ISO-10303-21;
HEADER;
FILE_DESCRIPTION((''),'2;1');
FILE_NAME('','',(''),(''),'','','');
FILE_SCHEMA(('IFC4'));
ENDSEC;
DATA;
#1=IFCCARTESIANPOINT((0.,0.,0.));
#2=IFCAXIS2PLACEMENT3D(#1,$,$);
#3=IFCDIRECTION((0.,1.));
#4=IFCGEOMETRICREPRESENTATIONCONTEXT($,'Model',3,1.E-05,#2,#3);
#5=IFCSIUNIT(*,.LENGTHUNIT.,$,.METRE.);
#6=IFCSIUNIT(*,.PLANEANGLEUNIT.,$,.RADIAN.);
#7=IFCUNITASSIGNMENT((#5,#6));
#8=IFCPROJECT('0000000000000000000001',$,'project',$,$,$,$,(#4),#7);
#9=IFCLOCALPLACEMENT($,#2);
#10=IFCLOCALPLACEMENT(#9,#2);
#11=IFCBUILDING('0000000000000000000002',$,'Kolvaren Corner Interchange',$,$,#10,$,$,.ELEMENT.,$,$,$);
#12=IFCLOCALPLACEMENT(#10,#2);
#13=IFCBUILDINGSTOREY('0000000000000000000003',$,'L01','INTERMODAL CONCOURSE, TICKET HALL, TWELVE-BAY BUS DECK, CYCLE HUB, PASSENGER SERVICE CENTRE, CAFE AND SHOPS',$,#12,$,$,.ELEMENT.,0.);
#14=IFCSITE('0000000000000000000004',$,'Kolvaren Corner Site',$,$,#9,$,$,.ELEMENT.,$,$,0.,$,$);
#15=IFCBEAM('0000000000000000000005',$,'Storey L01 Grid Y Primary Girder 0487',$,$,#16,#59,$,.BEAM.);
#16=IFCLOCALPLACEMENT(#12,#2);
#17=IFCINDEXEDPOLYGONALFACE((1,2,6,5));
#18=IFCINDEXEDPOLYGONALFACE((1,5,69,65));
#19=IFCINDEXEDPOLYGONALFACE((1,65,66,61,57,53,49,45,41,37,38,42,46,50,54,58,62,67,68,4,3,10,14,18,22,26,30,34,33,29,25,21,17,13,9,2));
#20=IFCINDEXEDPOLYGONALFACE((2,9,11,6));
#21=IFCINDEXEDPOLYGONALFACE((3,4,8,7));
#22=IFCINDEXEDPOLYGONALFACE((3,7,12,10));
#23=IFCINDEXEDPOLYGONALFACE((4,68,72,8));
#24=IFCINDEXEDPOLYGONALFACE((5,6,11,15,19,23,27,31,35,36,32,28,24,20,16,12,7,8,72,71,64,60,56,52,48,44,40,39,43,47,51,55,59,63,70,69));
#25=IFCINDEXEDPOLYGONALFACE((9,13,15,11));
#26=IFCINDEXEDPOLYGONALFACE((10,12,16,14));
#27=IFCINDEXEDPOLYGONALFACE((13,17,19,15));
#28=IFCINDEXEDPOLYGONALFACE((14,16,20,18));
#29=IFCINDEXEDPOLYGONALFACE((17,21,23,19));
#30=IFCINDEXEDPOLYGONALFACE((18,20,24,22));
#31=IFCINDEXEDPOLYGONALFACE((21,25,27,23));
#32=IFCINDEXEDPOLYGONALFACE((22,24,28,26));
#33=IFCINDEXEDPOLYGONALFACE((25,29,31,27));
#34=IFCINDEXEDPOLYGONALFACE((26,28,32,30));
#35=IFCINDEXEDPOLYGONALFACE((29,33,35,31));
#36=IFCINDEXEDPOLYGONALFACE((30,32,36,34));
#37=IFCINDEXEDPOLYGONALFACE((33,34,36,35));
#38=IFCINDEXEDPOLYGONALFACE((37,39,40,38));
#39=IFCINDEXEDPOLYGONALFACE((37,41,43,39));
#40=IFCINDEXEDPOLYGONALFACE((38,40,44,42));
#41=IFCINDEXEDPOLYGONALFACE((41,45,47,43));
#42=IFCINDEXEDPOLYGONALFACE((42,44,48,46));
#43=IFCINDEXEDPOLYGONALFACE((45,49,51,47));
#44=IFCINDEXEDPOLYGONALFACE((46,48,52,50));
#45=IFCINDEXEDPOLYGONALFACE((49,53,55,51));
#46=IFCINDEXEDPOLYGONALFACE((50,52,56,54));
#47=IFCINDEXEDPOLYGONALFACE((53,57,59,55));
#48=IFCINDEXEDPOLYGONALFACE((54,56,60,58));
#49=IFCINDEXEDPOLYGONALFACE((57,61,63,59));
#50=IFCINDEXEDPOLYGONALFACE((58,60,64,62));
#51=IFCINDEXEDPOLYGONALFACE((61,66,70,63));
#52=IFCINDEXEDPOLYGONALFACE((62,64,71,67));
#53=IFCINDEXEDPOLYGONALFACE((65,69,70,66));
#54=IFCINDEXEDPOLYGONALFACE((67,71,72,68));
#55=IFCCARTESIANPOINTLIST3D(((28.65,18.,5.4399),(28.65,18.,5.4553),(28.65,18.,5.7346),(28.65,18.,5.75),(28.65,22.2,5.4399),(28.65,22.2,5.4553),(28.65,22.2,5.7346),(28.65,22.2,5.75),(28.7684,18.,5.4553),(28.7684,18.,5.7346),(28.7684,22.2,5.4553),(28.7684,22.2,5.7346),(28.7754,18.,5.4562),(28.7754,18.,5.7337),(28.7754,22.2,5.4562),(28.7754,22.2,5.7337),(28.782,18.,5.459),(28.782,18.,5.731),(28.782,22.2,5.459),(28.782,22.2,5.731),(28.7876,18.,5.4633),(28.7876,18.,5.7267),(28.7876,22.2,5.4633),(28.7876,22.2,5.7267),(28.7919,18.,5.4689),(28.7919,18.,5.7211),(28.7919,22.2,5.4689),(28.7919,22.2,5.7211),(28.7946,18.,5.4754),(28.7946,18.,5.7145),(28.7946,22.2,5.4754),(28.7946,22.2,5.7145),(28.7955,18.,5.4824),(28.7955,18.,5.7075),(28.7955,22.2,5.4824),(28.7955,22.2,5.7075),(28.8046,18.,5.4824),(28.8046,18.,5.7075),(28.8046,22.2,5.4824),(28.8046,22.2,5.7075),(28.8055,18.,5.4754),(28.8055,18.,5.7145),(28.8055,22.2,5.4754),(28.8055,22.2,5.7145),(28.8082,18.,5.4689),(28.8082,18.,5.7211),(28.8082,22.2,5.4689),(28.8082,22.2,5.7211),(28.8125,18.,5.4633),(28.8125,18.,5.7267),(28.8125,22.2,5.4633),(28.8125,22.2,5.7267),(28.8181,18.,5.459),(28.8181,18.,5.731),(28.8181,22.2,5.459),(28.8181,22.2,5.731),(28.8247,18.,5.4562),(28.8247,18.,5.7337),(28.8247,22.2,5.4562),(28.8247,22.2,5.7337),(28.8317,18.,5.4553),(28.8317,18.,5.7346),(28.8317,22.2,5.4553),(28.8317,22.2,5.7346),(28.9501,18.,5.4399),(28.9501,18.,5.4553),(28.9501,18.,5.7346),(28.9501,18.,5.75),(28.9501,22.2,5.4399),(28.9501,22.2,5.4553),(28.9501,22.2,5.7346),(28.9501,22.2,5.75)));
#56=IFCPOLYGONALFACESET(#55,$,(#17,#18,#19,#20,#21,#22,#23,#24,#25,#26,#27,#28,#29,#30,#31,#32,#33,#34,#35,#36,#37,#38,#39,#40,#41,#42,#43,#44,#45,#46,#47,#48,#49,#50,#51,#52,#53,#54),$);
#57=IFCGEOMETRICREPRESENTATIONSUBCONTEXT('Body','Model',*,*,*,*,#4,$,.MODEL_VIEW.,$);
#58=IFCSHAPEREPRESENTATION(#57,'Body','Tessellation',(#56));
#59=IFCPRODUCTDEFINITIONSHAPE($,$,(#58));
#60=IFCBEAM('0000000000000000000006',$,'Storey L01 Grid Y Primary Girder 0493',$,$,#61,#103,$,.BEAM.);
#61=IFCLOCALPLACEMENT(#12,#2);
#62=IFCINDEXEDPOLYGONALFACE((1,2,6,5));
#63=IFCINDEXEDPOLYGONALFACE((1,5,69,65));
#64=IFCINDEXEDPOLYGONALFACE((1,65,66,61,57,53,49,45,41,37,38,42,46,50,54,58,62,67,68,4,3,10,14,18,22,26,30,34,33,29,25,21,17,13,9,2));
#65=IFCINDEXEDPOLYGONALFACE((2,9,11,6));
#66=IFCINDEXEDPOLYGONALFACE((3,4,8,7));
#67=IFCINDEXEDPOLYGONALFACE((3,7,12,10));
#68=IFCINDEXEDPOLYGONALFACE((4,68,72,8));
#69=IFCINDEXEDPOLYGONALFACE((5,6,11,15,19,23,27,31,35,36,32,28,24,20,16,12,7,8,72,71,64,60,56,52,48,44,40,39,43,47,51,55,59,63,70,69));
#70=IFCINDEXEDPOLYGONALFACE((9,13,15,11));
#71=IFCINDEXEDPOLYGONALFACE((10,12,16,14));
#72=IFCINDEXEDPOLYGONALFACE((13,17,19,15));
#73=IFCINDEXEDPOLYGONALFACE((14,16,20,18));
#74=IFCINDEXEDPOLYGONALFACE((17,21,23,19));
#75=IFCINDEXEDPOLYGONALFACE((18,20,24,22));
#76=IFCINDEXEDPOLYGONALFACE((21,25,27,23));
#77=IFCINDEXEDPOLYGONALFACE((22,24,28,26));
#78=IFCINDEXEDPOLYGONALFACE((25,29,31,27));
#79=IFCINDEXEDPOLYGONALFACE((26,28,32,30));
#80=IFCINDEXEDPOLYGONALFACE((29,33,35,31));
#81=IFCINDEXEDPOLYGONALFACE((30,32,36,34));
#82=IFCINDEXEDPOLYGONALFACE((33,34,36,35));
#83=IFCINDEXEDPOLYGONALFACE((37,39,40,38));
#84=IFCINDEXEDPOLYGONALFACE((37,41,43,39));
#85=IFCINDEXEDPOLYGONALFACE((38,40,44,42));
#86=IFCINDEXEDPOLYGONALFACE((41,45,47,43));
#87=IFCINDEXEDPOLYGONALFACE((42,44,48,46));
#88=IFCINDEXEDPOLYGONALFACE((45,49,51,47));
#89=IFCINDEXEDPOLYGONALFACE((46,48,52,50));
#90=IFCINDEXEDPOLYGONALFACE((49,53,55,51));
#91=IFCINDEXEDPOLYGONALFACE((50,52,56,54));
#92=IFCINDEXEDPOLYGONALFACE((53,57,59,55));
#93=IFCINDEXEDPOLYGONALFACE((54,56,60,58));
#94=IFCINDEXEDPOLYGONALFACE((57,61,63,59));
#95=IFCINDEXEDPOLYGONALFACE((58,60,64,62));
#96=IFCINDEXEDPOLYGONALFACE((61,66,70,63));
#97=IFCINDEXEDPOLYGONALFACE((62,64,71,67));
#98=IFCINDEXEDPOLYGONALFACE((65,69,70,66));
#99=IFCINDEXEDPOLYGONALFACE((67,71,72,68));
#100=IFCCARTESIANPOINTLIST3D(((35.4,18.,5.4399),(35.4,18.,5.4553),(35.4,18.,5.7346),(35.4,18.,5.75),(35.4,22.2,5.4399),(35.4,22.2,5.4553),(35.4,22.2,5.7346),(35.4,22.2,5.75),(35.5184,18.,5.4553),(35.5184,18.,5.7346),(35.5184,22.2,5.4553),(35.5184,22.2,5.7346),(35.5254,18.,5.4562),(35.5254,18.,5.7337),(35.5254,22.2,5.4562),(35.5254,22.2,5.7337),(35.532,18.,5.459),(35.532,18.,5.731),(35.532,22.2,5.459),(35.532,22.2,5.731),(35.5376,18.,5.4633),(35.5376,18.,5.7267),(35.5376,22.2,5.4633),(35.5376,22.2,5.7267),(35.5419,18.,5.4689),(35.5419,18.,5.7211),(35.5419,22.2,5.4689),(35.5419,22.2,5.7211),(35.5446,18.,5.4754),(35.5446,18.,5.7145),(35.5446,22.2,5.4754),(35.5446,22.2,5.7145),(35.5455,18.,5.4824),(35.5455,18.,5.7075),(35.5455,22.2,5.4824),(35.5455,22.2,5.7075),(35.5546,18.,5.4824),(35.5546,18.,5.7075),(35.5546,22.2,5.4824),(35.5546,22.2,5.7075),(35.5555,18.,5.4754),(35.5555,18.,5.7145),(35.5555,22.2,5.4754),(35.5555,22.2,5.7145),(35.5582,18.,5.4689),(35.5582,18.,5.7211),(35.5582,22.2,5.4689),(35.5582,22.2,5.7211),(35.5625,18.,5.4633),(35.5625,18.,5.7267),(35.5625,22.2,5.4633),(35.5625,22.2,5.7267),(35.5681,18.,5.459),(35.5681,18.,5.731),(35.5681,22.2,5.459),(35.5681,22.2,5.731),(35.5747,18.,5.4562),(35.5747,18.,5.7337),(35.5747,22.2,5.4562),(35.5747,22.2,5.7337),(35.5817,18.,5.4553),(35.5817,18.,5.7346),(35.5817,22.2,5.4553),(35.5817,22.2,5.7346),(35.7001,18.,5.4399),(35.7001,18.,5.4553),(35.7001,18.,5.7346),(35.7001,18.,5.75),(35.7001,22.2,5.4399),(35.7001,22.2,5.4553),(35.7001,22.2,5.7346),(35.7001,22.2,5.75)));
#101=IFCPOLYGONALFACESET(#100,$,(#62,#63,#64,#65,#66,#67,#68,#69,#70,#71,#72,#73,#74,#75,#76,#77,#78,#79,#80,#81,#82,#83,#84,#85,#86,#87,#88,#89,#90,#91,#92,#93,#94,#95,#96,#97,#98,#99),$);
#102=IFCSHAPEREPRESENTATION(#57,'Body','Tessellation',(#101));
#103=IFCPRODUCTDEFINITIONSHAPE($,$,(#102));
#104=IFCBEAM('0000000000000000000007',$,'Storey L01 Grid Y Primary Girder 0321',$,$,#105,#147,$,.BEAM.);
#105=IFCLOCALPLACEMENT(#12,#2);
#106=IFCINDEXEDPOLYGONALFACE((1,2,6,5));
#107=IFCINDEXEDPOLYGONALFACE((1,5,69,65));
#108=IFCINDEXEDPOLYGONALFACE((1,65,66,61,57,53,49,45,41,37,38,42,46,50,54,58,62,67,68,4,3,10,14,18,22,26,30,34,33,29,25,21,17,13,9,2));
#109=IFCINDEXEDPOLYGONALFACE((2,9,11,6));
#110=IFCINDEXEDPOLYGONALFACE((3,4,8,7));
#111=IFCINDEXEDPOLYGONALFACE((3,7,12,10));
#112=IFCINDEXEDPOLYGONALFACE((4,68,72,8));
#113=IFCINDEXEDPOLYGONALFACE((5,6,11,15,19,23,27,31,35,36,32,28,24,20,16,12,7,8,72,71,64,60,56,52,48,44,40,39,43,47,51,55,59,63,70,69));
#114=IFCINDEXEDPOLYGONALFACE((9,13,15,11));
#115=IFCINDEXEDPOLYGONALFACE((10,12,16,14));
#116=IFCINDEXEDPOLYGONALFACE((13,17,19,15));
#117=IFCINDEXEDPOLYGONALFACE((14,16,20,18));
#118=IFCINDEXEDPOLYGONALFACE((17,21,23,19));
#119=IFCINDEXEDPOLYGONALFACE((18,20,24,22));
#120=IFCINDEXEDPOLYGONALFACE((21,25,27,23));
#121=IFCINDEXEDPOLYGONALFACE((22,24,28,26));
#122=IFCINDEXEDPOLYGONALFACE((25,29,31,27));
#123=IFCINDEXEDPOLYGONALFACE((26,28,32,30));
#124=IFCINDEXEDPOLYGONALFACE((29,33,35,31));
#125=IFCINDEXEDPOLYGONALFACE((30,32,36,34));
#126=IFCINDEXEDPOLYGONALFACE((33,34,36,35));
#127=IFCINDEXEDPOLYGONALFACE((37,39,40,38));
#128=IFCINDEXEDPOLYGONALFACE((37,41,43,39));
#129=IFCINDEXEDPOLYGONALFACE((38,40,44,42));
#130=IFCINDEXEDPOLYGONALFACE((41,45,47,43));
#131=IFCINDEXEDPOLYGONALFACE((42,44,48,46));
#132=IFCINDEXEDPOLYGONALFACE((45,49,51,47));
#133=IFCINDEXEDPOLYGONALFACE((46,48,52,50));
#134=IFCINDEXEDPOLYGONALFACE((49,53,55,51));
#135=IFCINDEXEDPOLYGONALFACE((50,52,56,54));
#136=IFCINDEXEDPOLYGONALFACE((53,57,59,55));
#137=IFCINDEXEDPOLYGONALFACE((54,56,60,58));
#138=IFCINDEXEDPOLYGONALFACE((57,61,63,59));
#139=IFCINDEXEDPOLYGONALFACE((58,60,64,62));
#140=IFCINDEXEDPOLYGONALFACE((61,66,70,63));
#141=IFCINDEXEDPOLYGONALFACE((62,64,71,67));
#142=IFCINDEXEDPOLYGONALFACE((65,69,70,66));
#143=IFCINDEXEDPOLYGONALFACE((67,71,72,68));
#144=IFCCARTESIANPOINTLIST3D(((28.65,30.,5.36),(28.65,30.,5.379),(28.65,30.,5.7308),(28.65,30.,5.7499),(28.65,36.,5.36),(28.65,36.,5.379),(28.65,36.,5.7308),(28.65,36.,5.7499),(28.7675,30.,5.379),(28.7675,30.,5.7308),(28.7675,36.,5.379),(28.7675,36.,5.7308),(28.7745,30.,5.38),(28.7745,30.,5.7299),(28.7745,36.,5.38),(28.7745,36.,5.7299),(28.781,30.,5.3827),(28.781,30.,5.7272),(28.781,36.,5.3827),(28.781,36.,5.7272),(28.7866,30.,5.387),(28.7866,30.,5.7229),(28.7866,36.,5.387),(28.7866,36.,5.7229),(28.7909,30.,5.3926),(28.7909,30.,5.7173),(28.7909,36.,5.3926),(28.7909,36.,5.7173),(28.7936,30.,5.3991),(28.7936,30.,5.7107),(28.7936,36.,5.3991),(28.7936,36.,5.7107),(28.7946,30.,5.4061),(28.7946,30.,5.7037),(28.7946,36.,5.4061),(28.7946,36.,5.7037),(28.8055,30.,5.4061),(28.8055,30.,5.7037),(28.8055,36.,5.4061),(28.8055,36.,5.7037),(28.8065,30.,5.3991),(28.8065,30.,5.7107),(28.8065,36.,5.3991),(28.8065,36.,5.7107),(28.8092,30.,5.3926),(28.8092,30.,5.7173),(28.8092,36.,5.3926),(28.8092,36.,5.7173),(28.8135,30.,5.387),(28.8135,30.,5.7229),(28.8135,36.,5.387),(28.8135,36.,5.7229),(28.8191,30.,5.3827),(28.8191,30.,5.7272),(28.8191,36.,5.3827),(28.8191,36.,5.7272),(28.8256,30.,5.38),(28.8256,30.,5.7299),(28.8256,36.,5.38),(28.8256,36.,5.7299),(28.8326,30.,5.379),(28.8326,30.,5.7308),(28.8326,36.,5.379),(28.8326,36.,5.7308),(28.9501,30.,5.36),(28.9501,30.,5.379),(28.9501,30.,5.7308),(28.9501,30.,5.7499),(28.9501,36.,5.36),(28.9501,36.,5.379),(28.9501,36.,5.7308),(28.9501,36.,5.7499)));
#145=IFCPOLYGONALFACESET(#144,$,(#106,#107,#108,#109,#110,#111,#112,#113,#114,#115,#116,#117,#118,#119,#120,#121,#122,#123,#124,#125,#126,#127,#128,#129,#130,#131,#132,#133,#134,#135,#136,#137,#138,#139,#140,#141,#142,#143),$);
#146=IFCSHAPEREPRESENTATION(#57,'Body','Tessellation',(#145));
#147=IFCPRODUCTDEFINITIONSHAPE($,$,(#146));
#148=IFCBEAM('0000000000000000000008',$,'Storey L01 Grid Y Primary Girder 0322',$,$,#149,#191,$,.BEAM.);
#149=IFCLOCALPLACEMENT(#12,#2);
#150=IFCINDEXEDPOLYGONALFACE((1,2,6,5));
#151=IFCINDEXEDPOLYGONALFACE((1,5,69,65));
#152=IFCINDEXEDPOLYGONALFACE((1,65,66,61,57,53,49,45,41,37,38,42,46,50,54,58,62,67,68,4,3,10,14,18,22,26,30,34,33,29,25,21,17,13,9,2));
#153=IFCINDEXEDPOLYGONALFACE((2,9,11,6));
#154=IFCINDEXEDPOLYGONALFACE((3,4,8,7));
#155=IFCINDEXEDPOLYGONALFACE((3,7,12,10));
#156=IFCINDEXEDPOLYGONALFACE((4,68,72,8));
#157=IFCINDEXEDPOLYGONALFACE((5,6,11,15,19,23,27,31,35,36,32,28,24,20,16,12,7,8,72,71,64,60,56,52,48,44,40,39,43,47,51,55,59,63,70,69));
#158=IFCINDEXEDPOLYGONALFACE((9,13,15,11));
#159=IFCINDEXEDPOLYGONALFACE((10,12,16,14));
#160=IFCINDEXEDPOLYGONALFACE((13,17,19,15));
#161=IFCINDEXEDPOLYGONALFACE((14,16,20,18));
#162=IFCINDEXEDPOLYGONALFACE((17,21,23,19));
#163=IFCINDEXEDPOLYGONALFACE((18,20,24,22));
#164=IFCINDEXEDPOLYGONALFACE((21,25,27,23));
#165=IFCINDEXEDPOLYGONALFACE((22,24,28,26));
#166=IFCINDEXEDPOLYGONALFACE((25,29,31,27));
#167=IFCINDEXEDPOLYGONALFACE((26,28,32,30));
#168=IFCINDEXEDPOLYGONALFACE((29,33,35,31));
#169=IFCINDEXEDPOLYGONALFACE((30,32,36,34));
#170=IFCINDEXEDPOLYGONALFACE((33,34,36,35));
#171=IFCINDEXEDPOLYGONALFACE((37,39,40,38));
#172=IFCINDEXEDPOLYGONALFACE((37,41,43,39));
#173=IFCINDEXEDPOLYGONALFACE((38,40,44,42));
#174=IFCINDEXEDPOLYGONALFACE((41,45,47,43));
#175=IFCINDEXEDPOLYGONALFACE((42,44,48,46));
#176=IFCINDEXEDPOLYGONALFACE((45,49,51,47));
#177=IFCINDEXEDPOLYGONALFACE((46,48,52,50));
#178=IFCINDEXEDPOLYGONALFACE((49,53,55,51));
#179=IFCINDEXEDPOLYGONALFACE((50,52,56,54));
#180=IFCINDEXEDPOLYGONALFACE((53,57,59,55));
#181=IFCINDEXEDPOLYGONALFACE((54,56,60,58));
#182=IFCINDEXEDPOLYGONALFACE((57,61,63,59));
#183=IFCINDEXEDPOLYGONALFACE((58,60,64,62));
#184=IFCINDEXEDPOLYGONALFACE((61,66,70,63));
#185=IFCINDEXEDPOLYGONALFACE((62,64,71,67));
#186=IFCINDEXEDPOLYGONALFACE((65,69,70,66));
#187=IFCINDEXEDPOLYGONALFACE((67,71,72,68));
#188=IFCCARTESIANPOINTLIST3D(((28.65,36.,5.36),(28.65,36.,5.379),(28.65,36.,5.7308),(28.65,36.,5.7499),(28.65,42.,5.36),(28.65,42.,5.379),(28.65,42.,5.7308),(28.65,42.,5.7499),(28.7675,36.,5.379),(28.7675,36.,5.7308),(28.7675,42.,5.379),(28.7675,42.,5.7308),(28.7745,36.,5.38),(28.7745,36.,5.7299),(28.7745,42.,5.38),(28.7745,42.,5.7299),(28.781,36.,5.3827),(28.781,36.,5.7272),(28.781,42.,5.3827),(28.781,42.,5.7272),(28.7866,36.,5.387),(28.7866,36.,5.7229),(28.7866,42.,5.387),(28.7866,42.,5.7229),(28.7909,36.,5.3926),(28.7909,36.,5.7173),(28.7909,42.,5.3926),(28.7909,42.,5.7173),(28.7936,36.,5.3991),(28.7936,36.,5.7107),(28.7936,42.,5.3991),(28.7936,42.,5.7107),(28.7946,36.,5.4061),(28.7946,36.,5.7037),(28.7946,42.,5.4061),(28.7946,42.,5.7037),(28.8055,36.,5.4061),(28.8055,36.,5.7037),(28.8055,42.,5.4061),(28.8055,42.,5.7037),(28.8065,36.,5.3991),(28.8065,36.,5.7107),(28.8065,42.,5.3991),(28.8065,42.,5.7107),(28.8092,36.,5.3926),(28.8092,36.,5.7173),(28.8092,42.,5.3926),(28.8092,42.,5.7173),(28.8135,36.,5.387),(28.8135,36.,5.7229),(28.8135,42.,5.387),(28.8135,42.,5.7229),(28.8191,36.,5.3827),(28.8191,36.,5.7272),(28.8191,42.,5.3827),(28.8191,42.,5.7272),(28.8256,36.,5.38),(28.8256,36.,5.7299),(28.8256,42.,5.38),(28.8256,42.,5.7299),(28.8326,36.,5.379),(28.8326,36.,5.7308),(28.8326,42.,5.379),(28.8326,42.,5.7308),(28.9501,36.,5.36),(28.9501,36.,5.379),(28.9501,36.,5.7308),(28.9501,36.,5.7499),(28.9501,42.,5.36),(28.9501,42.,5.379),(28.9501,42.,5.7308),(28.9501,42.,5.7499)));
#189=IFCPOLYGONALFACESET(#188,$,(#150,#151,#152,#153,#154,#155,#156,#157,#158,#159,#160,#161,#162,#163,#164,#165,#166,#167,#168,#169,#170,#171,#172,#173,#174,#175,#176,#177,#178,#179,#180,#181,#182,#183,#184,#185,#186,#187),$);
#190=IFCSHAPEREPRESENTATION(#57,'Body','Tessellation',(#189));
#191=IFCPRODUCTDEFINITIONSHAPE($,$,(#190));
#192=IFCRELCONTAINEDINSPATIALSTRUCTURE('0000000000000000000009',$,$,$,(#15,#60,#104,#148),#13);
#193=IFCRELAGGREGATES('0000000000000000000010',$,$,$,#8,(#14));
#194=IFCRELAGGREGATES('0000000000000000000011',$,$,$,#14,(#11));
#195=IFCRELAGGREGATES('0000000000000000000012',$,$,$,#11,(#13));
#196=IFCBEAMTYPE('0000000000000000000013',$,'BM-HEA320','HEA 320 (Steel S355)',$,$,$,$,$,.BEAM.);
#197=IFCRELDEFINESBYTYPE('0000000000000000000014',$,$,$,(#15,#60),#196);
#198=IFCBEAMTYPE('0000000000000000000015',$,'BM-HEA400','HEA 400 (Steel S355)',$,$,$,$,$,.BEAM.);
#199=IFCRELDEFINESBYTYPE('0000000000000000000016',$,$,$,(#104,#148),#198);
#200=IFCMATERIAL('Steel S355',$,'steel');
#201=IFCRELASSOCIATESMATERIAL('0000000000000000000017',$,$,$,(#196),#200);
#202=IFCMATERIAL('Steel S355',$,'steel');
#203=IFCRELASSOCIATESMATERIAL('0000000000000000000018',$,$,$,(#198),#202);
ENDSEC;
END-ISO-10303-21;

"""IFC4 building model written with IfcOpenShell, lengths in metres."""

from ifc_helpers import new_model, si_unit, direction, frame, origin, origin_2d, place, context, subcontext, project, spatial, i_section, extrude, material, material_profile, profile_set, type_object, element, save


model = new_model("IFC4")

# Units and contexts
model_context = context("Model", 3, precision=1e-05, world=origin(), true_north=direction((0.0, 1.0)))
body_context = subcontext(model_context, "Body", "Model", "MODEL_VIEW")
ifc_project = project(units=[si_unit("LENGTHUNIT", "METRE"), si_unit("PLANEANGLEUNIT", "RADIAN")], contexts=[model_context])

# Site, building, storey
site_placement = place(None, origin())
site = spatial("IfcSite", under=ifc_project, at=site_placement, Name="Kolvaren Corner Site", CompositionType="ELEMENT", RefElevation=0.0)
building_placement = place(site_placement, origin())
building = spatial("IfcBuilding", under=site, at=building_placement, Name="Kolvaren Corner Interchange", CompositionType="ELEMENT")
storey_placement = place(building_placement, origin())
storey = spatial("IfcBuildingStorey", under=building, at=storey_placement, Name="L01", Description="INTERMODAL CONCOURSE, TICKET HALL, TWELVE-BAY BUS DECK, CYCLE HUB, PASSENGER SERVICE CENTRE, CAFE AND SHOPS", CompositionType="ELEMENT", Elevation=0.0)

# Beams
ifc_material_1 = material(Name="Steel S355", Category="steel")
ifc_material_profile_1 = material_profile(ifc_material_1, i_section(OverallWidth=0.3, OverallDepth=0.3101, WebThickness=0.009, FlangeThickness=0.0154, FilletRadius=0.0271, at=origin_2d()), Name="HEA 320")
ifc_profile_set_1 = profile_set([ifc_material_profile_1], Name="Steel S355")
beam_type_1 = type_object("IfcBeamType", Name="BM-HEA320", Description="HEA 320 (Steel S355)", PredefinedType="BEAM", material=ifc_profile_set_1)
for number, where, z_axis, x_axis, name in (
    (1, (28.8, 18.0, 5.595), (0.0, 1.0, 0.0), (-1.0, 0.0, 0.0), "Storey L01 Grid Y Primary Girder 0487"),
    (2, (35.55, 18.0, 5.595), (0.0, 1.0, 0.0), (-1.0, 0.0, 0.0), "Storey L01 Grid Y Primary Girder 0493"),
):
    element("IfcBeam", number, at=place(storey_placement, frame(where, z_axis=z_axis, x_axis=x_axis)), inside=storey, type_object=beam_type_1, Name=name, PredefinedType="BEAM", context=body_context, shape_type="SweptSolid", body=[
        extrude(i_section(OverallWidth=0.3, OverallDepth=0.3101, WebThickness=0.009, FlangeThickness=0.0154, FilletRadius=0.0271, at=origin_2d()), origin(), (0.0, 0.0, 1.0), 4.2),
    ])
ifc_material_2 = material(Name="Steel S355", Category="steel")
ifc_material_profile_2 = material_profile(ifc_material_2, i_section(OverallWidth=0.3, OverallDepth=0.3899, WebThickness=0.011, FlangeThickness=0.019, FilletRadius=0.0271, at=origin_2d()), Name="HEA 400")
ifc_profile_set_2 = profile_set([ifc_material_profile_2], Name="Steel S355")
beam_type_2 = type_object("IfcBeamType", Name="BM-HEA400", Description="HEA 400 (Steel S355)", PredefinedType="BEAM", material=ifc_profile_set_2)
for number, where, z_axis, x_axis, name in (
    (3, (28.8, 30.0, 5.5549), (0.0, 1.0, 0.0), (-1.0, 0.0, 0.0), "Storey L01 Grid Y Primary Girder 0321"),
    (4, (28.8, 36.0, 5.5549), (0.0, 1.0, 0.0), (-1.0, 0.0, 0.0), "Storey L01 Grid Y Primary Girder 0322"),
):
    element("IfcBeam", number, at=place(storey_placement, frame(where, z_axis=z_axis, x_axis=x_axis)), inside=storey, type_object=beam_type_2, Name=name, PredefinedType="BEAM", context=body_context, shape_type="SweptSolid", body=[
        extrude(i_section(OverallWidth=0.3, OverallDepth=0.3899, WebThickness=0.011, FlangeThickness=0.019, FilletRadius=0.0271, at=origin_2d()), origin(), (0.0, 0.0, 1.0), 6.0),
    ])

save(model, "model.ifc")
